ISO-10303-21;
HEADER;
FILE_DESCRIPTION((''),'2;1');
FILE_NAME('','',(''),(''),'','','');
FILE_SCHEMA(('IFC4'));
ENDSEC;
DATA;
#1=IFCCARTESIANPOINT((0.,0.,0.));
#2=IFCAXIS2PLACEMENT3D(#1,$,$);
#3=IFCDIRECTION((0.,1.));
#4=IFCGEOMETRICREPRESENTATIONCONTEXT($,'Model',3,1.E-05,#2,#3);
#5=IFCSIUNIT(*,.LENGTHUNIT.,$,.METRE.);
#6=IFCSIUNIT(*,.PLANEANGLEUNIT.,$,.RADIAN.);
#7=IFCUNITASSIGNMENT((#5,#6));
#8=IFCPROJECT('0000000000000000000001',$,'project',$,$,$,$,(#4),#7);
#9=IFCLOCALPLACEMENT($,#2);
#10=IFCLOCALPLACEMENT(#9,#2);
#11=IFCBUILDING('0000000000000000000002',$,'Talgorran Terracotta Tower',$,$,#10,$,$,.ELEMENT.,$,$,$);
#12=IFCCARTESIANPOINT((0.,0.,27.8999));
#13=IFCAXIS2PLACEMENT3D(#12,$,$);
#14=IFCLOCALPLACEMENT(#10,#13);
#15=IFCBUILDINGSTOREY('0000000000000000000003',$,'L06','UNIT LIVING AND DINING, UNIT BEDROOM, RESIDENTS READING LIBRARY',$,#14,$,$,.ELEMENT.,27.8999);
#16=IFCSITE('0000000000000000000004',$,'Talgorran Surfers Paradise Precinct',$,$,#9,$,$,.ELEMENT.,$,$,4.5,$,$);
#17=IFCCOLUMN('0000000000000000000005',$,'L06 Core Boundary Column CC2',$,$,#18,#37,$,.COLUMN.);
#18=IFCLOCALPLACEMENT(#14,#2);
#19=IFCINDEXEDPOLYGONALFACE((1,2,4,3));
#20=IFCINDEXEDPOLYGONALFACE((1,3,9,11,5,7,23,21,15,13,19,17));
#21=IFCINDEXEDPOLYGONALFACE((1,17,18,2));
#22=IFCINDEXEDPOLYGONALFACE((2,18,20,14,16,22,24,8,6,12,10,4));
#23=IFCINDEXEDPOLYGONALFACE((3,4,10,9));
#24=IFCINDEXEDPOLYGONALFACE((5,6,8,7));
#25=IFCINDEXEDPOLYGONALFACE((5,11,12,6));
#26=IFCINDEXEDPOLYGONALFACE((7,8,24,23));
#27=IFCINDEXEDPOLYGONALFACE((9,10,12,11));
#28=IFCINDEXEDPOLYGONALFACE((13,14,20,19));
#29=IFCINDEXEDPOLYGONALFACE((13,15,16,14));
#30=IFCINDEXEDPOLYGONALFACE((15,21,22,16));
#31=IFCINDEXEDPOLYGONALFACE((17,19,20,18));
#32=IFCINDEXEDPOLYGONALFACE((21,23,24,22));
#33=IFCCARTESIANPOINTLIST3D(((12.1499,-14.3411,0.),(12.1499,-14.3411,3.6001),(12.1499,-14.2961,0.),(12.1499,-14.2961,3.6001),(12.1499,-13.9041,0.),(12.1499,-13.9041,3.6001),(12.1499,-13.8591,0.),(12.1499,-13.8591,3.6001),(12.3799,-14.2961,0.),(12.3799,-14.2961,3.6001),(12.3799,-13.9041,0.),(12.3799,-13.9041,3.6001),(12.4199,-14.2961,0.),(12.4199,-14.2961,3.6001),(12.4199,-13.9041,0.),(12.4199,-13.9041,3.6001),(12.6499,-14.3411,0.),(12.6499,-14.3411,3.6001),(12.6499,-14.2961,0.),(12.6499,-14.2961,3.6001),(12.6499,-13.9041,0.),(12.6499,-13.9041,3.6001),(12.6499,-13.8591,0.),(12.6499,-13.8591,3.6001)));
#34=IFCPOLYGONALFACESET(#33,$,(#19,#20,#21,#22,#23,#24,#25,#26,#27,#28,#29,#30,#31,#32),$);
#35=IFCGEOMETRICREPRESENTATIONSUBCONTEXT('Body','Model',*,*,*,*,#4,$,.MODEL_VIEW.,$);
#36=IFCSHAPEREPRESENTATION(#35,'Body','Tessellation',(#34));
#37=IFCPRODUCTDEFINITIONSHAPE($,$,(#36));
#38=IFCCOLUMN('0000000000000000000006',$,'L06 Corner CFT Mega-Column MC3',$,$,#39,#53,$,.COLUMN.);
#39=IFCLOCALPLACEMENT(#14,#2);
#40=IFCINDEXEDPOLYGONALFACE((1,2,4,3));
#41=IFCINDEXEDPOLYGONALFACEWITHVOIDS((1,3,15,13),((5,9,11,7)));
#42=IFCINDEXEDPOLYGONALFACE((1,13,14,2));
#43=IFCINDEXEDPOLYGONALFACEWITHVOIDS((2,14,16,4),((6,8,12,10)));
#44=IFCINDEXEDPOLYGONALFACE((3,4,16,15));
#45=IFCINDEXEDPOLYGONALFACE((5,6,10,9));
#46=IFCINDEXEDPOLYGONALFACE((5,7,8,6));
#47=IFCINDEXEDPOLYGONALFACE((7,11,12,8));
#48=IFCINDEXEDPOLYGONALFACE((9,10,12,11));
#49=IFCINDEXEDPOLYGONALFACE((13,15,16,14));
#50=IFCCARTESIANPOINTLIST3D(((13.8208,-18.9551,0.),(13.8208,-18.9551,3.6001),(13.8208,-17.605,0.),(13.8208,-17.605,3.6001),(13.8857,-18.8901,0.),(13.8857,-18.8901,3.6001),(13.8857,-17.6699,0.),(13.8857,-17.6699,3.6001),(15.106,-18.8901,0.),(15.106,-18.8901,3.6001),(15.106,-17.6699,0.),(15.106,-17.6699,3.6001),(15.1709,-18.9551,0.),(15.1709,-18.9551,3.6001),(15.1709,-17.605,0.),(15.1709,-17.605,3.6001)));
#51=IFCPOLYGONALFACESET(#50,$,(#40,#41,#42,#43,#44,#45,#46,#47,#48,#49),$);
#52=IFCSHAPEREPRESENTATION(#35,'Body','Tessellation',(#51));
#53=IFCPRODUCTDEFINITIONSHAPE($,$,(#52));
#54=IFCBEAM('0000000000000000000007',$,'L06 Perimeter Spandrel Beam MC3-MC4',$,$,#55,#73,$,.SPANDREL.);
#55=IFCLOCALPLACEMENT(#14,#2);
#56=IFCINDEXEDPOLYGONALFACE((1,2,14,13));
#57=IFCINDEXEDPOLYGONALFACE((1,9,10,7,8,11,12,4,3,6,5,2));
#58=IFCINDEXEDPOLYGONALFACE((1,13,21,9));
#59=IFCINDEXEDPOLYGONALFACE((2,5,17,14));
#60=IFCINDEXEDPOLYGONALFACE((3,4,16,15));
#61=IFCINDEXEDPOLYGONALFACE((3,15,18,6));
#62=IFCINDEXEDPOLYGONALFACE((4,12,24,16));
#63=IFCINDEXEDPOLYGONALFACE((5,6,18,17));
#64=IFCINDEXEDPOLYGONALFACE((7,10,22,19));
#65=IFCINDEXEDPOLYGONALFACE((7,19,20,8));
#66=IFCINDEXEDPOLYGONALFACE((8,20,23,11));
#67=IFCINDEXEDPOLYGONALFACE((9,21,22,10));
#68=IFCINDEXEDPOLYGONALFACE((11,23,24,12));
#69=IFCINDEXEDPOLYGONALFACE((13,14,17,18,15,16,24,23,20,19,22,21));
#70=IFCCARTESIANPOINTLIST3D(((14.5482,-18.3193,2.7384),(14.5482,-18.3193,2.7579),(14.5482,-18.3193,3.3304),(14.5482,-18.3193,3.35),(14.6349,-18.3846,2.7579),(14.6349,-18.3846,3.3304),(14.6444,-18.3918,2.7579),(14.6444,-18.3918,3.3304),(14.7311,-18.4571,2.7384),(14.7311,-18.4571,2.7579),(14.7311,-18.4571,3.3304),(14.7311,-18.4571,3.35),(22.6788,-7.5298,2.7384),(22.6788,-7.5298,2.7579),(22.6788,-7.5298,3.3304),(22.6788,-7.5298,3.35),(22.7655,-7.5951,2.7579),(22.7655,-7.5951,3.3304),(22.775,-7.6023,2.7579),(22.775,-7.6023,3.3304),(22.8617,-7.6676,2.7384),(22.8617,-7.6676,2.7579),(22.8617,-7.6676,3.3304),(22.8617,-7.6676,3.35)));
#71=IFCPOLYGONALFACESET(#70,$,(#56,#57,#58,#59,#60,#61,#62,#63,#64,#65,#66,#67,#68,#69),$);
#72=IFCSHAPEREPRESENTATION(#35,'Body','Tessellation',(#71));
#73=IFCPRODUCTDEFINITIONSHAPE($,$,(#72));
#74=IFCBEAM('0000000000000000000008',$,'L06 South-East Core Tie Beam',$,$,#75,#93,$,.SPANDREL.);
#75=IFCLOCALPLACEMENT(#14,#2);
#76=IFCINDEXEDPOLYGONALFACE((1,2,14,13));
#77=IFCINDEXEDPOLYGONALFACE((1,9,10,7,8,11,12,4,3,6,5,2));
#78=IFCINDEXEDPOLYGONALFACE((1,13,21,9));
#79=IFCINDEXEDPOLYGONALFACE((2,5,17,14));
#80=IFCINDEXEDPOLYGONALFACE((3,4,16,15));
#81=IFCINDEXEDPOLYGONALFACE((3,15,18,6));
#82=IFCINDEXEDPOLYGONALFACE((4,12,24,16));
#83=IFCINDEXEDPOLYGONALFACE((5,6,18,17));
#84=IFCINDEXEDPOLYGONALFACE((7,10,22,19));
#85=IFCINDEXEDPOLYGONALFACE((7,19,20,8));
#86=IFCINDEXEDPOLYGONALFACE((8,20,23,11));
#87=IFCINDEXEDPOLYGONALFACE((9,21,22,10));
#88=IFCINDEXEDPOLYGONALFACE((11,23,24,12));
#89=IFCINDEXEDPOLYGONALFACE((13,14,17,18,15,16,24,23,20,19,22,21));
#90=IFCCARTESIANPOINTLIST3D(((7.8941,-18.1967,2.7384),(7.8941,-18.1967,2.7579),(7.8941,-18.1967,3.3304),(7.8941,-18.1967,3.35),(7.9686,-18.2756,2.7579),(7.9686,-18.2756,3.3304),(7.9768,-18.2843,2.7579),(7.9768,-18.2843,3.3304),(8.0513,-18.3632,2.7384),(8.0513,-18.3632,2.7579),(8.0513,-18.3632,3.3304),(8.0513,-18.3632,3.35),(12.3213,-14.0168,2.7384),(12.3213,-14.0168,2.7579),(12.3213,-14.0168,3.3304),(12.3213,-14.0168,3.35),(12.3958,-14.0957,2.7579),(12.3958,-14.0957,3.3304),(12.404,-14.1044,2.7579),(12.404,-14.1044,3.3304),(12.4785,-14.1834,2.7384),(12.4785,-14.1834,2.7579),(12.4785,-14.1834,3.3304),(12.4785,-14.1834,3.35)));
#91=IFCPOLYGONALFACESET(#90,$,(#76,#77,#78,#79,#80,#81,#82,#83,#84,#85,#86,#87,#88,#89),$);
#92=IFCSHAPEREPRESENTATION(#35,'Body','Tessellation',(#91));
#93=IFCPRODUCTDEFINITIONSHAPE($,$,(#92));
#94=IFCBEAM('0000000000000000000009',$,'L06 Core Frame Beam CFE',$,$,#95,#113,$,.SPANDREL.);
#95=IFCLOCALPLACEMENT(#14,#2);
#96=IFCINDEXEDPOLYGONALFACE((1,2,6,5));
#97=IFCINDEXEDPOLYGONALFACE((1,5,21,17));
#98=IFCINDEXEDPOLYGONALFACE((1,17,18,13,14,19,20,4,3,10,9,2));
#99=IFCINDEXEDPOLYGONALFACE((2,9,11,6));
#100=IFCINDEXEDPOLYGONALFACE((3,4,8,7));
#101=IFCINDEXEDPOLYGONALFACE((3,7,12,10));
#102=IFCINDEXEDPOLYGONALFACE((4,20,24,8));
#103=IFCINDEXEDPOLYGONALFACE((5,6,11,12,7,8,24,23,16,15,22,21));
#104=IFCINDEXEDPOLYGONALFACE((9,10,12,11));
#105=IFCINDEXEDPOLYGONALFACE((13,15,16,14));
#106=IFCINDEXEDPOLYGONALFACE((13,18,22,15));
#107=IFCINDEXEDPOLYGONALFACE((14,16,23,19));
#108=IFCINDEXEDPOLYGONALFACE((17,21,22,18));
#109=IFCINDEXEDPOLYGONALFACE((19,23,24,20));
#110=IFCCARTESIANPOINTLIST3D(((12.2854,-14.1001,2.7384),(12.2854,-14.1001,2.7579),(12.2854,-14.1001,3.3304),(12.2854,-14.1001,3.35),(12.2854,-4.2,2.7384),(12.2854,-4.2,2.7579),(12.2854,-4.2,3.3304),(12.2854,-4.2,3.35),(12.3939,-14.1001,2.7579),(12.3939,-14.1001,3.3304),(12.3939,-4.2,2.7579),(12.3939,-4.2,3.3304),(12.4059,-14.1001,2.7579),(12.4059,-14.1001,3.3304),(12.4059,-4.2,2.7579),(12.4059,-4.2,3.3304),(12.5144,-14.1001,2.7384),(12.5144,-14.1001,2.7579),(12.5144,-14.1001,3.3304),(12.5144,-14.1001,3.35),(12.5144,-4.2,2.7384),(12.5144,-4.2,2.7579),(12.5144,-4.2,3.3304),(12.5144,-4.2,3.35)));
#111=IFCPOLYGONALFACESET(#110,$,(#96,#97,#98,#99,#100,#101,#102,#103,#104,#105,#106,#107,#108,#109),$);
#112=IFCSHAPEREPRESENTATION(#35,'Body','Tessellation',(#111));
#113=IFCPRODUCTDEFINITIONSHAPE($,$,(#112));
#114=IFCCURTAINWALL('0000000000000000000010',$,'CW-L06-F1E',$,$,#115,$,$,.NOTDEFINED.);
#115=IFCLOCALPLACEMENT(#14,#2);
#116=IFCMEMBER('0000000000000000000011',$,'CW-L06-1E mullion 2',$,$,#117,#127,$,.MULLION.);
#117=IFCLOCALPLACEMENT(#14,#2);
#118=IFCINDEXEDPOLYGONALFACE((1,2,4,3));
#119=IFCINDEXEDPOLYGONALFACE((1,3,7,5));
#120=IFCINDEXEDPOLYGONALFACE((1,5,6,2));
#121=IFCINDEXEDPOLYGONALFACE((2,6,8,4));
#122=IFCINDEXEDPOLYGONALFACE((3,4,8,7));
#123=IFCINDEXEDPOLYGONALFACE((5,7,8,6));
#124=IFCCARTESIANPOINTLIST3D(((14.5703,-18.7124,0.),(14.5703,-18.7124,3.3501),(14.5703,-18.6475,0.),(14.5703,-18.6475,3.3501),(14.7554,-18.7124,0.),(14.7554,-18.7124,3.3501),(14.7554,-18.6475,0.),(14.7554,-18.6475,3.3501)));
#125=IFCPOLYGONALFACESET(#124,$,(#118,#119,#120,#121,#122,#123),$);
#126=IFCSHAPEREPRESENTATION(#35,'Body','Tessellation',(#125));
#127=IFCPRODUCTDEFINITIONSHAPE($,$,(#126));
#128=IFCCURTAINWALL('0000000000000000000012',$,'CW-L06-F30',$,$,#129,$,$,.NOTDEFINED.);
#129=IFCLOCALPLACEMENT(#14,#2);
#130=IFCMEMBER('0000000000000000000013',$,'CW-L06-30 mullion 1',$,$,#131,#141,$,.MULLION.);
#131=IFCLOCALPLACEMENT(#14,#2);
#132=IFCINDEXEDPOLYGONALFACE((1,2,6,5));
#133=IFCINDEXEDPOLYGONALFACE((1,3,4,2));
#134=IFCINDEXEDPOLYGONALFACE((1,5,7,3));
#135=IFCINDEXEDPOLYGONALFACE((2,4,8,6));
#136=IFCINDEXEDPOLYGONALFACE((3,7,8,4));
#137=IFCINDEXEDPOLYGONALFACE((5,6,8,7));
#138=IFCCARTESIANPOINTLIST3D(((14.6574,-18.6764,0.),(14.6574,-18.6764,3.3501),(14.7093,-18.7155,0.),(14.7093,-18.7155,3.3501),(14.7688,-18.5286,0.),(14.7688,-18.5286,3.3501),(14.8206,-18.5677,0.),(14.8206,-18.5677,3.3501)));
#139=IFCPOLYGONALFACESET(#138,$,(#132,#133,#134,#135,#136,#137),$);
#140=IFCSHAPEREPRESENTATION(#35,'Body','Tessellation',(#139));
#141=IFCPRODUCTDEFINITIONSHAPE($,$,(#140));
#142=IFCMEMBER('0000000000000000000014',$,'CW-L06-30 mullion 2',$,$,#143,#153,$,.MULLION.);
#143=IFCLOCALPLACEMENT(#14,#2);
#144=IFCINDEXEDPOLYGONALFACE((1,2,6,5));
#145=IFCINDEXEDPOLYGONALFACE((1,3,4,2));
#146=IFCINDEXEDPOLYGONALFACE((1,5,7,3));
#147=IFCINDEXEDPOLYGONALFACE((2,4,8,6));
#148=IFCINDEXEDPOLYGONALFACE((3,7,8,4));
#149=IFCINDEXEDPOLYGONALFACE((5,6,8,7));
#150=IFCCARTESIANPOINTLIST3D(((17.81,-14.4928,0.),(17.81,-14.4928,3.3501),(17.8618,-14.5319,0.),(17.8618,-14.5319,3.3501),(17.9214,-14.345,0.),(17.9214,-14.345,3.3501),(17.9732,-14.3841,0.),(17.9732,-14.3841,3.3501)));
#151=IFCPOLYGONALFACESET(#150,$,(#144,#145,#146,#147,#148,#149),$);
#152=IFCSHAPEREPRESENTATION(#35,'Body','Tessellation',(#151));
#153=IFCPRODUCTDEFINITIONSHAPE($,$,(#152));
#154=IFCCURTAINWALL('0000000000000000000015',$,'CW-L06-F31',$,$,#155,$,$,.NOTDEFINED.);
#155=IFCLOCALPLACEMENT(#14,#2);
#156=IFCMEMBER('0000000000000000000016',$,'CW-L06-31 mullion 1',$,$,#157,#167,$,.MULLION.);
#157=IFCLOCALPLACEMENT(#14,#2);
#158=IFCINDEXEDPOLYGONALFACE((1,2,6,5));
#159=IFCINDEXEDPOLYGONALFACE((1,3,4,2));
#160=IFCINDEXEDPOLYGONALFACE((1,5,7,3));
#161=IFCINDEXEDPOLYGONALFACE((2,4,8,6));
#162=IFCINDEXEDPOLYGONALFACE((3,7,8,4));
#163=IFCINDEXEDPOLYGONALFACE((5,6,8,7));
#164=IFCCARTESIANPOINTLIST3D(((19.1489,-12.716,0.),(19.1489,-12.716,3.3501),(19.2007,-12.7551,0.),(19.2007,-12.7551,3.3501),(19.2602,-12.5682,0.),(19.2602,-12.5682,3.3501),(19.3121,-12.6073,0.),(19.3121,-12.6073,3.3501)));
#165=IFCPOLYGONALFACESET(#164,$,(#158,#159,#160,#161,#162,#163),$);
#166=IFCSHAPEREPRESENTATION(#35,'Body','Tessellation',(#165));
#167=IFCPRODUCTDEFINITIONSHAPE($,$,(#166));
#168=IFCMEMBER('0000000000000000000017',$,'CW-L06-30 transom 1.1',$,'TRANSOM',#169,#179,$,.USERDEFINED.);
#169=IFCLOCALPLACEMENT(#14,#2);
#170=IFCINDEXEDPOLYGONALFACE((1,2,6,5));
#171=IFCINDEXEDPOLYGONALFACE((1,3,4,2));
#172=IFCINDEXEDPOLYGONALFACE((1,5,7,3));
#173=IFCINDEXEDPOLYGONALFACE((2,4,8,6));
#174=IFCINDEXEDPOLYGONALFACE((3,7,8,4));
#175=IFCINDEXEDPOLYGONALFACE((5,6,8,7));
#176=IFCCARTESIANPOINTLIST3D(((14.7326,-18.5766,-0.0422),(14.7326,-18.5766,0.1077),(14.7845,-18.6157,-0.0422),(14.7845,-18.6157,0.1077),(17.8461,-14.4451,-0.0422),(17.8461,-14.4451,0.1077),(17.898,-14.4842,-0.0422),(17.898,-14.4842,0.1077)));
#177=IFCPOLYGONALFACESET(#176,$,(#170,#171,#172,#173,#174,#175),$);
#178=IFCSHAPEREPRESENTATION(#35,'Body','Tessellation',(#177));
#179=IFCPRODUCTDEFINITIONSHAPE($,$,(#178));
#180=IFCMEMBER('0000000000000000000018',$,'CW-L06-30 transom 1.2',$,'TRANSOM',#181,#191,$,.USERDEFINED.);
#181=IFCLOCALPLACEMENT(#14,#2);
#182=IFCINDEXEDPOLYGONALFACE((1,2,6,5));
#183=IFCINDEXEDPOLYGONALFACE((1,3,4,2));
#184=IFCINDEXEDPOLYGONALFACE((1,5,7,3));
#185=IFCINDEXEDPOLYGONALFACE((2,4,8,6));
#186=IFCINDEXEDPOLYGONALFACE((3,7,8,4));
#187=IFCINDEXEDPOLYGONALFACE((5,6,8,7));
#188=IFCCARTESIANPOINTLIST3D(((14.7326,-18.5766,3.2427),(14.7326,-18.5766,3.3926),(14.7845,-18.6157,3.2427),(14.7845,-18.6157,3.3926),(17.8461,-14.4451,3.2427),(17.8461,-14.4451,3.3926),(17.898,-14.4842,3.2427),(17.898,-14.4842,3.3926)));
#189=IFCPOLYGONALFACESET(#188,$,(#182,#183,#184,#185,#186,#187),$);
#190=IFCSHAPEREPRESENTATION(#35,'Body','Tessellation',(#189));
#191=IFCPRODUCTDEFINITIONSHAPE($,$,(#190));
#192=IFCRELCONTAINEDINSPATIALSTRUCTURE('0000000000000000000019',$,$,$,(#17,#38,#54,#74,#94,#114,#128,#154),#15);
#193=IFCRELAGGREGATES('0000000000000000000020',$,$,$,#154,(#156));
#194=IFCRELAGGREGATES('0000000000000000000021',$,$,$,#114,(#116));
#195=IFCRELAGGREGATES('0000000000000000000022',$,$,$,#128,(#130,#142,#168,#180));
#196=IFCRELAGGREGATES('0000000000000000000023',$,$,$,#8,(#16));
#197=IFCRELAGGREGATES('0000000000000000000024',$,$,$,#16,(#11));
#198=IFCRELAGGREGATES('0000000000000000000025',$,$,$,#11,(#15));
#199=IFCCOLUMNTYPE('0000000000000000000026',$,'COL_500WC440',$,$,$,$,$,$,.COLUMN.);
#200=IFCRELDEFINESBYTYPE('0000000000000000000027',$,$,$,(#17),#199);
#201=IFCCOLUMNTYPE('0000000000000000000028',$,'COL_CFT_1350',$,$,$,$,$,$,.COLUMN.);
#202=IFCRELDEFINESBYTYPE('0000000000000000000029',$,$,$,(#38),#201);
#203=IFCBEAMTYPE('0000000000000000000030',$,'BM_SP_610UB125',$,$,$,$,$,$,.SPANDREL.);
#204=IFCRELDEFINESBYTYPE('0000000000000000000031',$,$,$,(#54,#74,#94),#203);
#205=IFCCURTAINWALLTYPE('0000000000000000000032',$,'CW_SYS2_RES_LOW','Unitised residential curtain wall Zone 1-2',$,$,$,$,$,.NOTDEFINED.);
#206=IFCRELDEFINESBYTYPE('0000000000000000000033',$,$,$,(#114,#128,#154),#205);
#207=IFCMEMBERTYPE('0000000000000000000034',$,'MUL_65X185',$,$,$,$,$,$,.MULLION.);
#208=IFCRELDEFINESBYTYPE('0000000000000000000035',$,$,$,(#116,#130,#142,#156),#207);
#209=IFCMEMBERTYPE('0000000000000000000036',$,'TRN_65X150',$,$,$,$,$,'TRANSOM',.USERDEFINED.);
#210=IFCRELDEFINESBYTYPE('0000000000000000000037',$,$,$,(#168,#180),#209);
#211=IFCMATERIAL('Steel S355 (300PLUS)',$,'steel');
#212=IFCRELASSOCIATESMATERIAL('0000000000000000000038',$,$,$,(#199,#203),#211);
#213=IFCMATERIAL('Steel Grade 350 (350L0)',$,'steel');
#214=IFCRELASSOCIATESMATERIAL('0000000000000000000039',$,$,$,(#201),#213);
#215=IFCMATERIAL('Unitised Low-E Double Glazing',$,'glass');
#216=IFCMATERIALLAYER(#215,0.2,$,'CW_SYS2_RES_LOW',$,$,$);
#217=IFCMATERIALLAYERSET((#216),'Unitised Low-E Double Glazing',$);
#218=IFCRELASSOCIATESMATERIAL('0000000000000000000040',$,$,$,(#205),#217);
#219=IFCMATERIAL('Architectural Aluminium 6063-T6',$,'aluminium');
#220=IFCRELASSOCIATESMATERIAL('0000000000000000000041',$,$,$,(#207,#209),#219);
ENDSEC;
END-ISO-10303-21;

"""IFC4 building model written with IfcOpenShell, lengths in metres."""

from ifc_helpers import new_model, si_unit, direction, frame, origin, origin_2d, place, context, subcontext, project, spatial, rectangle, hollow_rectangle, i_section, extrude, material, layer, layer_set, material_profile, profile_set, type_object, element, aggregate, save


model = new_model("IFC4")

# Units and contexts
model_context = context("Model", 3, precision=1e-05, world=origin(), true_north=direction((0.0, 1.0)))
body_context = subcontext(model_context, "Body", "Model", "MODEL_VIEW")
ifc_project = project(units=[si_unit("LENGTHUNIT", "METRE"), si_unit("PLANEANGLEUNIT", "RADIAN")], contexts=[model_context])

# Site, building, storey
site_placement = place(None, origin())
site = spatial("IfcSite", under=ifc_project, at=site_placement, Name="Talgorran Surfers Paradise Precinct", CompositionType="ELEMENT", RefElevation=4.5)
building_placement = place(site_placement, origin())
building = spatial("IfcBuilding", under=site, at=building_placement, Name="Talgorran Terracotta Tower", CompositionType="ELEMENT")
storey_placement = place(building_placement, frame((0.0, 0.0, 27.8999)))
storey = spatial("IfcBuildingStorey", under=building, at=storey_placement, Name="L06", Description="UNIT LIVING AND DINING, UNIT BEDROOM, RESIDENTS READING LIBRARY", CompositionType="ELEMENT", Elevation=27.8999)

# Columns
ifc_material_1 = material(Name="Steel S355 (300PLUS)", Category="steel")
ifc_material_profile_1 = material_profile(ifc_material_1, i_section(OverallWidth=0.5, OverallDepth=0.4819, WebThickness=0.04, FlangeThickness=0.0449, at=origin_2d()), Name="500WC440")
ifc_profile_set_1 = profile_set([ifc_material_profile_1], Name="Steel S355 (300PLUS)")
column_type_1 = type_object("IfcColumnType", Name="COL_500WC440", PredefinedType="COLUMN", material=ifc_profile_set_1)
column_1_placement = place(storey_placement, frame((12.3999, -14.1001, 0.0), z_axis=(0.0, 0.0, 1.0), x_axis=(1.0, 0.0, 0.0)))
element("IfcColumn", 1, at=column_1_placement, inside=storey, type_object=column_type_1, Name="L06 Core Boundary Column CC2", PredefinedType="COLUMN", context=body_context, shape_type="SweptSolid", body=[
    extrude(i_section(OverallWidth=0.5, OverallDepth=0.4819, WebThickness=0.04, FlangeThickness=0.0449, at=origin_2d()), origin(), (0.0, 0.0, 1.0), 3.6001),
])
ifc_material_2 = material(Name="Steel Grade 350 (350L0)", Category="steel")
ifc_material_profile_2 = material_profile(ifc_material_2, hollow_rectangle(XDim=1.3501, YDim=1.3501, WallThickness=0.0649, at=origin_2d()), Name="CFT1350X1350X65")
ifc_profile_set_2 = profile_set([ifc_material_profile_2], Name="Steel Grade 350 (350L0)")
column_type_2 = type_object("IfcColumnType", Name="COL_CFT_1350", PredefinedType="COLUMN", material=ifc_profile_set_2)
column_2_placement = place(storey_placement, frame((14.4958, -18.28, 0.0), z_axis=(0.0, 0.0, 1.0), x_axis=(1.0, 0.0, 0.0)))
element("IfcColumn", 2, at=column_2_placement, inside=storey, type_object=column_type_2, Name="L06 Corner CFT Mega-Column MC3", PredefinedType="COLUMN", context=body_context, shape_type="SweptSolid", body=[
    extrude(hollow_rectangle(XDim=1.3501, YDim=1.3501, WallThickness=0.0649, at=origin_2d()), origin(), (0.0, 0.0, 1.0), 3.6001),
])

# Beams
ifc_material_profile_3 = material_profile(ifc_material_1, i_section(OverallWidth=0.229, OverallDepth=0.6116, WebThickness=0.012, FlangeThickness=0.0195, at=origin_2d()), Name="610UB125")
ifc_profile_set_3 = profile_set([ifc_material_profile_3], Name="Steel S355 (300PLUS)")
beam_type = type_object("IfcBeamType", Name="BM_SP_610UB125", PredefinedType="SPANDREL", material=ifc_profile_set_3)
beam_1_placement = place(storey_placement, frame((14.6396, -18.3882, 3.0442), z_axis=(0.60182, 0.798632, 0.0), x_axis=(-0.798632, 0.60182, 0.0)))
element("IfcBeam", 3, at=beam_1_placement, inside=storey, type_object=beam_type, Name="L06 Perimeter Spandrel Beam MC3-MC4", PredefinedType="SPANDREL", context=body_context, shape_type="SweptSolid", body=[
    extrude(i_section(OverallWidth=0.229, OverallDepth=0.6116, WebThickness=0.012, FlangeThickness=0.0195, at=origin_2d()), origin(), (0.0, 0.0, 1.0), 13.51),
])
beam_2_placement = place(storey_placement, frame((12.3999, -14.1001, 3.0442), z_axis=(-0.727124, -0.686506, 0.0), x_axis=(0.686506, -0.727124, 0.0)))
element("IfcBeam", 4, at=beam_2_placement, inside=storey, type_object=beam_type, Name="L06 South-East Core Tie Beam", PredefinedType="SPANDREL", context=body_context, shape_type="SweptSolid", body=[
    extrude(i_section(OverallWidth=0.229, OverallDepth=0.6116, WebThickness=0.012, FlangeThickness=0.0195, at=origin_2d()), origin(), (0.0, 0.0, 1.0), 6.0886),
])
beam_3_placement = place(storey_placement, frame((12.3999, -14.1001, 3.0442), z_axis=(0.0, 1.0, 0.0), x_axis=(-1.0, 0.0, 0.0)))
element("IfcBeam", 5, at=beam_3_placement, inside=storey, type_object=beam_type, Name="L06 Core Frame Beam CFE", PredefinedType="SPANDREL", context=body_context, shape_type="SweptSolid", body=[
    extrude(i_section(OverallWidth=0.229, OverallDepth=0.6116, WebThickness=0.012, FlangeThickness=0.0195, at=origin_2d()), origin(), (0.0, 0.0, 1.0), 9.9001),
])

# Curtain wall, member
ifc_material_3 = material(Name="Unitised Low-E Double Glazing", Category="glass")
ifc_layer_1 = layer(ifc_material_3, 0.2, Name="CW_SYS2_RES_LOW")
ifc_layer_set_1 = layer_set([ifc_layer_1], Name="Unitised Low-E Double Glazing")
curtain_wall_type = type_object("IfcCurtainWallType", Name="CW_SYS2_RES_LOW", Description="Unitised residential curtain wall Zone 1-2", PredefinedType="NOTDEFINED", material=ifc_layer_set_1)
curtain_wall_1_placement = place(storey_placement, origin())
curtain_wall_1 = element("IfcCurtainWall", 6, at=curtain_wall_1_placement, inside=storey, type_object=curtain_wall_type, Name="CW-L06-F1E", PredefinedType="NOTDEFINED")
ifc_material_4 = material(Name="Architectural Aluminium 6063-T6", Category="aluminium")
ifc_material_profile_4 = material_profile(ifc_material_4, rectangle(XDim=0.0649, YDim=0.1851, at=origin_2d()), Name="CWM65X185")
ifc_profile_set_4 = profile_set([ifc_material_profile_4], Name="Architectural Aluminium 6063-T6")
member_type_1 = type_object("IfcMemberType", Name="MUL_65X185", PredefinedType="MULLION", material=ifc_profile_set_4)
member_1_placement = place(storey_placement, frame((14.6628, -18.6799, 0.0), z_axis=(0.0, 0.0, 1.0), x_axis=(0.0, 1.0, 0.0)))
member_1 = element("IfcMember", 7, at=member_1_placement, type_object=member_type_1, Name="CW-L06-1E mullion 2", PredefinedType="MULLION", context=body_context, shape_type="SweptSolid", body=[
    extrude(rectangle(XDim=0.0649, YDim=0.1851, at=origin_2d()), origin(), (0.0, 0.0, 1.0), 3.3501),
])

# Curtain wall, members
curtain_wall_2_placement = place(storey_placement, origin())
curtain_wall_2 = element("IfcCurtainWall", 8, at=curtain_wall_2_placement, inside=storey, type_object=curtain_wall_type, Name="CW-L06-F30", PredefinedType="NOTDEFINED")
member_2_placement = place(storey_placement, frame((14.739, -18.6221, 0.0), z_axis=(0.0, 0.0, 1.0), x_axis=(-0.798643, 0.601806, 0.0)))
member_2 = element("IfcMember", 9, at=member_2_placement, type_object=member_type_1, Name="CW-L06-30 mullion 1", PredefinedType="MULLION", context=body_context, shape_type="SweptSolid", body=[
    extrude(rectangle(XDim=0.0649, YDim=0.1851, at=origin_2d()), origin(), (0.0, 0.0, 1.0), 3.3501),
])
member_3_placement = place(storey_placement, frame((17.8916, -14.4385, 0.0), z_axis=(0.0, 0.0, 1.0), x_axis=(-0.798643, 0.601806, 0.0)))
member_3 = element("IfcMember", 10, at=member_3_placement, type_object=member_type_1, Name="CW-L06-30 mullion 2", PredefinedType="MULLION", context=body_context, shape_type="SweptSolid", body=[
    extrude(rectangle(XDim=0.0649, YDim=0.1851, at=origin_2d()), origin(), (0.0, 0.0, 1.0), 3.3501),
])

# Curtain wall, member
curtain_wall_3_placement = place(storey_placement, origin())
curtain_wall_3 = element("IfcCurtainWall", 11, at=curtain_wall_3_placement, inside=storey, type_object=curtain_wall_type, Name="CW-L06-F31", PredefinedType="NOTDEFINED")
member_4_placement = place(storey_placement, frame((19.2305, -12.6616, 0.0), z_axis=(0.0, 0.0, 1.0), x_axis=(-0.79864, 0.601809, 0.0)))
member_4 = element("IfcMember", 12, at=member_4_placement, type_object=member_type_1, Name="CW-L06-31 mullion 1", PredefinedType="MULLION", context=body_context, shape_type="SweptSolid", body=[
    extrude(rectangle(XDim=0.0649, YDim=0.1851, at=origin_2d()), origin(), (0.0, 0.0, 1.0), 3.3501),
])

# Members
ifc_material_profile_5 = material_profile(ifc_material_4, rectangle(XDim=0.0649, YDim=0.1499, at=origin_2d()), Name="CWT65X150")
ifc_profile_set_5 = profile_set([ifc_material_profile_5], Name="Architectural Aluminium 6063-T6")
member_type_2 = type_object("IfcMemberType", Name="TRN_65X150", ElementType="TRANSOM", PredefinedType="USERDEFINED", material=ifc_profile_set_5)
member_5_placement = place(storey_placement, frame((14.7585, -18.5962, 0.0327), z_axis=(0.601833, 0.798622, 0.0), x_axis=(-0.798622, 0.601833, 0.0)))
member_5 = element("IfcMember", 13, at=member_5_placement, type_object=member_type_2, Name="CW-L06-30 transom 1.1", ObjectType="TRANSOM", PredefinedType="USERDEFINED", context=body_context, shape_type="SweptSolid", body=[
    extrude(rectangle(XDim=0.0649, YDim=0.1499, at=origin_2d()), origin(), (0.0, 0.0, 1.0), 5.1733),
])
member_6_placement = place(storey_placement, frame((14.7585, -18.5962, 3.3176), z_axis=(0.601833, 0.798622, 0.0), x_axis=(-0.798622, 0.601833, 0.0)))
member_6 = element("IfcMember", 14, at=member_6_placement, type_object=member_type_2, Name="CW-L06-30 transom 1.2", ObjectType="TRANSOM", PredefinedType="USERDEFINED", context=body_context, shape_type="SweptSolid", body=[
    extrude(rectangle(XDim=0.0649, YDim=0.1499, at=origin_2d()), origin(), (0.0, 0.0, 1.0), 5.1733),
])
aggregate(curtain_wall_3, [member_4])

aggregate(curtain_wall_1, [member_1])
aggregate(curtain_wall_2, [member_2, member_3, member_5, member_6])

save(model, "model.ifc")
